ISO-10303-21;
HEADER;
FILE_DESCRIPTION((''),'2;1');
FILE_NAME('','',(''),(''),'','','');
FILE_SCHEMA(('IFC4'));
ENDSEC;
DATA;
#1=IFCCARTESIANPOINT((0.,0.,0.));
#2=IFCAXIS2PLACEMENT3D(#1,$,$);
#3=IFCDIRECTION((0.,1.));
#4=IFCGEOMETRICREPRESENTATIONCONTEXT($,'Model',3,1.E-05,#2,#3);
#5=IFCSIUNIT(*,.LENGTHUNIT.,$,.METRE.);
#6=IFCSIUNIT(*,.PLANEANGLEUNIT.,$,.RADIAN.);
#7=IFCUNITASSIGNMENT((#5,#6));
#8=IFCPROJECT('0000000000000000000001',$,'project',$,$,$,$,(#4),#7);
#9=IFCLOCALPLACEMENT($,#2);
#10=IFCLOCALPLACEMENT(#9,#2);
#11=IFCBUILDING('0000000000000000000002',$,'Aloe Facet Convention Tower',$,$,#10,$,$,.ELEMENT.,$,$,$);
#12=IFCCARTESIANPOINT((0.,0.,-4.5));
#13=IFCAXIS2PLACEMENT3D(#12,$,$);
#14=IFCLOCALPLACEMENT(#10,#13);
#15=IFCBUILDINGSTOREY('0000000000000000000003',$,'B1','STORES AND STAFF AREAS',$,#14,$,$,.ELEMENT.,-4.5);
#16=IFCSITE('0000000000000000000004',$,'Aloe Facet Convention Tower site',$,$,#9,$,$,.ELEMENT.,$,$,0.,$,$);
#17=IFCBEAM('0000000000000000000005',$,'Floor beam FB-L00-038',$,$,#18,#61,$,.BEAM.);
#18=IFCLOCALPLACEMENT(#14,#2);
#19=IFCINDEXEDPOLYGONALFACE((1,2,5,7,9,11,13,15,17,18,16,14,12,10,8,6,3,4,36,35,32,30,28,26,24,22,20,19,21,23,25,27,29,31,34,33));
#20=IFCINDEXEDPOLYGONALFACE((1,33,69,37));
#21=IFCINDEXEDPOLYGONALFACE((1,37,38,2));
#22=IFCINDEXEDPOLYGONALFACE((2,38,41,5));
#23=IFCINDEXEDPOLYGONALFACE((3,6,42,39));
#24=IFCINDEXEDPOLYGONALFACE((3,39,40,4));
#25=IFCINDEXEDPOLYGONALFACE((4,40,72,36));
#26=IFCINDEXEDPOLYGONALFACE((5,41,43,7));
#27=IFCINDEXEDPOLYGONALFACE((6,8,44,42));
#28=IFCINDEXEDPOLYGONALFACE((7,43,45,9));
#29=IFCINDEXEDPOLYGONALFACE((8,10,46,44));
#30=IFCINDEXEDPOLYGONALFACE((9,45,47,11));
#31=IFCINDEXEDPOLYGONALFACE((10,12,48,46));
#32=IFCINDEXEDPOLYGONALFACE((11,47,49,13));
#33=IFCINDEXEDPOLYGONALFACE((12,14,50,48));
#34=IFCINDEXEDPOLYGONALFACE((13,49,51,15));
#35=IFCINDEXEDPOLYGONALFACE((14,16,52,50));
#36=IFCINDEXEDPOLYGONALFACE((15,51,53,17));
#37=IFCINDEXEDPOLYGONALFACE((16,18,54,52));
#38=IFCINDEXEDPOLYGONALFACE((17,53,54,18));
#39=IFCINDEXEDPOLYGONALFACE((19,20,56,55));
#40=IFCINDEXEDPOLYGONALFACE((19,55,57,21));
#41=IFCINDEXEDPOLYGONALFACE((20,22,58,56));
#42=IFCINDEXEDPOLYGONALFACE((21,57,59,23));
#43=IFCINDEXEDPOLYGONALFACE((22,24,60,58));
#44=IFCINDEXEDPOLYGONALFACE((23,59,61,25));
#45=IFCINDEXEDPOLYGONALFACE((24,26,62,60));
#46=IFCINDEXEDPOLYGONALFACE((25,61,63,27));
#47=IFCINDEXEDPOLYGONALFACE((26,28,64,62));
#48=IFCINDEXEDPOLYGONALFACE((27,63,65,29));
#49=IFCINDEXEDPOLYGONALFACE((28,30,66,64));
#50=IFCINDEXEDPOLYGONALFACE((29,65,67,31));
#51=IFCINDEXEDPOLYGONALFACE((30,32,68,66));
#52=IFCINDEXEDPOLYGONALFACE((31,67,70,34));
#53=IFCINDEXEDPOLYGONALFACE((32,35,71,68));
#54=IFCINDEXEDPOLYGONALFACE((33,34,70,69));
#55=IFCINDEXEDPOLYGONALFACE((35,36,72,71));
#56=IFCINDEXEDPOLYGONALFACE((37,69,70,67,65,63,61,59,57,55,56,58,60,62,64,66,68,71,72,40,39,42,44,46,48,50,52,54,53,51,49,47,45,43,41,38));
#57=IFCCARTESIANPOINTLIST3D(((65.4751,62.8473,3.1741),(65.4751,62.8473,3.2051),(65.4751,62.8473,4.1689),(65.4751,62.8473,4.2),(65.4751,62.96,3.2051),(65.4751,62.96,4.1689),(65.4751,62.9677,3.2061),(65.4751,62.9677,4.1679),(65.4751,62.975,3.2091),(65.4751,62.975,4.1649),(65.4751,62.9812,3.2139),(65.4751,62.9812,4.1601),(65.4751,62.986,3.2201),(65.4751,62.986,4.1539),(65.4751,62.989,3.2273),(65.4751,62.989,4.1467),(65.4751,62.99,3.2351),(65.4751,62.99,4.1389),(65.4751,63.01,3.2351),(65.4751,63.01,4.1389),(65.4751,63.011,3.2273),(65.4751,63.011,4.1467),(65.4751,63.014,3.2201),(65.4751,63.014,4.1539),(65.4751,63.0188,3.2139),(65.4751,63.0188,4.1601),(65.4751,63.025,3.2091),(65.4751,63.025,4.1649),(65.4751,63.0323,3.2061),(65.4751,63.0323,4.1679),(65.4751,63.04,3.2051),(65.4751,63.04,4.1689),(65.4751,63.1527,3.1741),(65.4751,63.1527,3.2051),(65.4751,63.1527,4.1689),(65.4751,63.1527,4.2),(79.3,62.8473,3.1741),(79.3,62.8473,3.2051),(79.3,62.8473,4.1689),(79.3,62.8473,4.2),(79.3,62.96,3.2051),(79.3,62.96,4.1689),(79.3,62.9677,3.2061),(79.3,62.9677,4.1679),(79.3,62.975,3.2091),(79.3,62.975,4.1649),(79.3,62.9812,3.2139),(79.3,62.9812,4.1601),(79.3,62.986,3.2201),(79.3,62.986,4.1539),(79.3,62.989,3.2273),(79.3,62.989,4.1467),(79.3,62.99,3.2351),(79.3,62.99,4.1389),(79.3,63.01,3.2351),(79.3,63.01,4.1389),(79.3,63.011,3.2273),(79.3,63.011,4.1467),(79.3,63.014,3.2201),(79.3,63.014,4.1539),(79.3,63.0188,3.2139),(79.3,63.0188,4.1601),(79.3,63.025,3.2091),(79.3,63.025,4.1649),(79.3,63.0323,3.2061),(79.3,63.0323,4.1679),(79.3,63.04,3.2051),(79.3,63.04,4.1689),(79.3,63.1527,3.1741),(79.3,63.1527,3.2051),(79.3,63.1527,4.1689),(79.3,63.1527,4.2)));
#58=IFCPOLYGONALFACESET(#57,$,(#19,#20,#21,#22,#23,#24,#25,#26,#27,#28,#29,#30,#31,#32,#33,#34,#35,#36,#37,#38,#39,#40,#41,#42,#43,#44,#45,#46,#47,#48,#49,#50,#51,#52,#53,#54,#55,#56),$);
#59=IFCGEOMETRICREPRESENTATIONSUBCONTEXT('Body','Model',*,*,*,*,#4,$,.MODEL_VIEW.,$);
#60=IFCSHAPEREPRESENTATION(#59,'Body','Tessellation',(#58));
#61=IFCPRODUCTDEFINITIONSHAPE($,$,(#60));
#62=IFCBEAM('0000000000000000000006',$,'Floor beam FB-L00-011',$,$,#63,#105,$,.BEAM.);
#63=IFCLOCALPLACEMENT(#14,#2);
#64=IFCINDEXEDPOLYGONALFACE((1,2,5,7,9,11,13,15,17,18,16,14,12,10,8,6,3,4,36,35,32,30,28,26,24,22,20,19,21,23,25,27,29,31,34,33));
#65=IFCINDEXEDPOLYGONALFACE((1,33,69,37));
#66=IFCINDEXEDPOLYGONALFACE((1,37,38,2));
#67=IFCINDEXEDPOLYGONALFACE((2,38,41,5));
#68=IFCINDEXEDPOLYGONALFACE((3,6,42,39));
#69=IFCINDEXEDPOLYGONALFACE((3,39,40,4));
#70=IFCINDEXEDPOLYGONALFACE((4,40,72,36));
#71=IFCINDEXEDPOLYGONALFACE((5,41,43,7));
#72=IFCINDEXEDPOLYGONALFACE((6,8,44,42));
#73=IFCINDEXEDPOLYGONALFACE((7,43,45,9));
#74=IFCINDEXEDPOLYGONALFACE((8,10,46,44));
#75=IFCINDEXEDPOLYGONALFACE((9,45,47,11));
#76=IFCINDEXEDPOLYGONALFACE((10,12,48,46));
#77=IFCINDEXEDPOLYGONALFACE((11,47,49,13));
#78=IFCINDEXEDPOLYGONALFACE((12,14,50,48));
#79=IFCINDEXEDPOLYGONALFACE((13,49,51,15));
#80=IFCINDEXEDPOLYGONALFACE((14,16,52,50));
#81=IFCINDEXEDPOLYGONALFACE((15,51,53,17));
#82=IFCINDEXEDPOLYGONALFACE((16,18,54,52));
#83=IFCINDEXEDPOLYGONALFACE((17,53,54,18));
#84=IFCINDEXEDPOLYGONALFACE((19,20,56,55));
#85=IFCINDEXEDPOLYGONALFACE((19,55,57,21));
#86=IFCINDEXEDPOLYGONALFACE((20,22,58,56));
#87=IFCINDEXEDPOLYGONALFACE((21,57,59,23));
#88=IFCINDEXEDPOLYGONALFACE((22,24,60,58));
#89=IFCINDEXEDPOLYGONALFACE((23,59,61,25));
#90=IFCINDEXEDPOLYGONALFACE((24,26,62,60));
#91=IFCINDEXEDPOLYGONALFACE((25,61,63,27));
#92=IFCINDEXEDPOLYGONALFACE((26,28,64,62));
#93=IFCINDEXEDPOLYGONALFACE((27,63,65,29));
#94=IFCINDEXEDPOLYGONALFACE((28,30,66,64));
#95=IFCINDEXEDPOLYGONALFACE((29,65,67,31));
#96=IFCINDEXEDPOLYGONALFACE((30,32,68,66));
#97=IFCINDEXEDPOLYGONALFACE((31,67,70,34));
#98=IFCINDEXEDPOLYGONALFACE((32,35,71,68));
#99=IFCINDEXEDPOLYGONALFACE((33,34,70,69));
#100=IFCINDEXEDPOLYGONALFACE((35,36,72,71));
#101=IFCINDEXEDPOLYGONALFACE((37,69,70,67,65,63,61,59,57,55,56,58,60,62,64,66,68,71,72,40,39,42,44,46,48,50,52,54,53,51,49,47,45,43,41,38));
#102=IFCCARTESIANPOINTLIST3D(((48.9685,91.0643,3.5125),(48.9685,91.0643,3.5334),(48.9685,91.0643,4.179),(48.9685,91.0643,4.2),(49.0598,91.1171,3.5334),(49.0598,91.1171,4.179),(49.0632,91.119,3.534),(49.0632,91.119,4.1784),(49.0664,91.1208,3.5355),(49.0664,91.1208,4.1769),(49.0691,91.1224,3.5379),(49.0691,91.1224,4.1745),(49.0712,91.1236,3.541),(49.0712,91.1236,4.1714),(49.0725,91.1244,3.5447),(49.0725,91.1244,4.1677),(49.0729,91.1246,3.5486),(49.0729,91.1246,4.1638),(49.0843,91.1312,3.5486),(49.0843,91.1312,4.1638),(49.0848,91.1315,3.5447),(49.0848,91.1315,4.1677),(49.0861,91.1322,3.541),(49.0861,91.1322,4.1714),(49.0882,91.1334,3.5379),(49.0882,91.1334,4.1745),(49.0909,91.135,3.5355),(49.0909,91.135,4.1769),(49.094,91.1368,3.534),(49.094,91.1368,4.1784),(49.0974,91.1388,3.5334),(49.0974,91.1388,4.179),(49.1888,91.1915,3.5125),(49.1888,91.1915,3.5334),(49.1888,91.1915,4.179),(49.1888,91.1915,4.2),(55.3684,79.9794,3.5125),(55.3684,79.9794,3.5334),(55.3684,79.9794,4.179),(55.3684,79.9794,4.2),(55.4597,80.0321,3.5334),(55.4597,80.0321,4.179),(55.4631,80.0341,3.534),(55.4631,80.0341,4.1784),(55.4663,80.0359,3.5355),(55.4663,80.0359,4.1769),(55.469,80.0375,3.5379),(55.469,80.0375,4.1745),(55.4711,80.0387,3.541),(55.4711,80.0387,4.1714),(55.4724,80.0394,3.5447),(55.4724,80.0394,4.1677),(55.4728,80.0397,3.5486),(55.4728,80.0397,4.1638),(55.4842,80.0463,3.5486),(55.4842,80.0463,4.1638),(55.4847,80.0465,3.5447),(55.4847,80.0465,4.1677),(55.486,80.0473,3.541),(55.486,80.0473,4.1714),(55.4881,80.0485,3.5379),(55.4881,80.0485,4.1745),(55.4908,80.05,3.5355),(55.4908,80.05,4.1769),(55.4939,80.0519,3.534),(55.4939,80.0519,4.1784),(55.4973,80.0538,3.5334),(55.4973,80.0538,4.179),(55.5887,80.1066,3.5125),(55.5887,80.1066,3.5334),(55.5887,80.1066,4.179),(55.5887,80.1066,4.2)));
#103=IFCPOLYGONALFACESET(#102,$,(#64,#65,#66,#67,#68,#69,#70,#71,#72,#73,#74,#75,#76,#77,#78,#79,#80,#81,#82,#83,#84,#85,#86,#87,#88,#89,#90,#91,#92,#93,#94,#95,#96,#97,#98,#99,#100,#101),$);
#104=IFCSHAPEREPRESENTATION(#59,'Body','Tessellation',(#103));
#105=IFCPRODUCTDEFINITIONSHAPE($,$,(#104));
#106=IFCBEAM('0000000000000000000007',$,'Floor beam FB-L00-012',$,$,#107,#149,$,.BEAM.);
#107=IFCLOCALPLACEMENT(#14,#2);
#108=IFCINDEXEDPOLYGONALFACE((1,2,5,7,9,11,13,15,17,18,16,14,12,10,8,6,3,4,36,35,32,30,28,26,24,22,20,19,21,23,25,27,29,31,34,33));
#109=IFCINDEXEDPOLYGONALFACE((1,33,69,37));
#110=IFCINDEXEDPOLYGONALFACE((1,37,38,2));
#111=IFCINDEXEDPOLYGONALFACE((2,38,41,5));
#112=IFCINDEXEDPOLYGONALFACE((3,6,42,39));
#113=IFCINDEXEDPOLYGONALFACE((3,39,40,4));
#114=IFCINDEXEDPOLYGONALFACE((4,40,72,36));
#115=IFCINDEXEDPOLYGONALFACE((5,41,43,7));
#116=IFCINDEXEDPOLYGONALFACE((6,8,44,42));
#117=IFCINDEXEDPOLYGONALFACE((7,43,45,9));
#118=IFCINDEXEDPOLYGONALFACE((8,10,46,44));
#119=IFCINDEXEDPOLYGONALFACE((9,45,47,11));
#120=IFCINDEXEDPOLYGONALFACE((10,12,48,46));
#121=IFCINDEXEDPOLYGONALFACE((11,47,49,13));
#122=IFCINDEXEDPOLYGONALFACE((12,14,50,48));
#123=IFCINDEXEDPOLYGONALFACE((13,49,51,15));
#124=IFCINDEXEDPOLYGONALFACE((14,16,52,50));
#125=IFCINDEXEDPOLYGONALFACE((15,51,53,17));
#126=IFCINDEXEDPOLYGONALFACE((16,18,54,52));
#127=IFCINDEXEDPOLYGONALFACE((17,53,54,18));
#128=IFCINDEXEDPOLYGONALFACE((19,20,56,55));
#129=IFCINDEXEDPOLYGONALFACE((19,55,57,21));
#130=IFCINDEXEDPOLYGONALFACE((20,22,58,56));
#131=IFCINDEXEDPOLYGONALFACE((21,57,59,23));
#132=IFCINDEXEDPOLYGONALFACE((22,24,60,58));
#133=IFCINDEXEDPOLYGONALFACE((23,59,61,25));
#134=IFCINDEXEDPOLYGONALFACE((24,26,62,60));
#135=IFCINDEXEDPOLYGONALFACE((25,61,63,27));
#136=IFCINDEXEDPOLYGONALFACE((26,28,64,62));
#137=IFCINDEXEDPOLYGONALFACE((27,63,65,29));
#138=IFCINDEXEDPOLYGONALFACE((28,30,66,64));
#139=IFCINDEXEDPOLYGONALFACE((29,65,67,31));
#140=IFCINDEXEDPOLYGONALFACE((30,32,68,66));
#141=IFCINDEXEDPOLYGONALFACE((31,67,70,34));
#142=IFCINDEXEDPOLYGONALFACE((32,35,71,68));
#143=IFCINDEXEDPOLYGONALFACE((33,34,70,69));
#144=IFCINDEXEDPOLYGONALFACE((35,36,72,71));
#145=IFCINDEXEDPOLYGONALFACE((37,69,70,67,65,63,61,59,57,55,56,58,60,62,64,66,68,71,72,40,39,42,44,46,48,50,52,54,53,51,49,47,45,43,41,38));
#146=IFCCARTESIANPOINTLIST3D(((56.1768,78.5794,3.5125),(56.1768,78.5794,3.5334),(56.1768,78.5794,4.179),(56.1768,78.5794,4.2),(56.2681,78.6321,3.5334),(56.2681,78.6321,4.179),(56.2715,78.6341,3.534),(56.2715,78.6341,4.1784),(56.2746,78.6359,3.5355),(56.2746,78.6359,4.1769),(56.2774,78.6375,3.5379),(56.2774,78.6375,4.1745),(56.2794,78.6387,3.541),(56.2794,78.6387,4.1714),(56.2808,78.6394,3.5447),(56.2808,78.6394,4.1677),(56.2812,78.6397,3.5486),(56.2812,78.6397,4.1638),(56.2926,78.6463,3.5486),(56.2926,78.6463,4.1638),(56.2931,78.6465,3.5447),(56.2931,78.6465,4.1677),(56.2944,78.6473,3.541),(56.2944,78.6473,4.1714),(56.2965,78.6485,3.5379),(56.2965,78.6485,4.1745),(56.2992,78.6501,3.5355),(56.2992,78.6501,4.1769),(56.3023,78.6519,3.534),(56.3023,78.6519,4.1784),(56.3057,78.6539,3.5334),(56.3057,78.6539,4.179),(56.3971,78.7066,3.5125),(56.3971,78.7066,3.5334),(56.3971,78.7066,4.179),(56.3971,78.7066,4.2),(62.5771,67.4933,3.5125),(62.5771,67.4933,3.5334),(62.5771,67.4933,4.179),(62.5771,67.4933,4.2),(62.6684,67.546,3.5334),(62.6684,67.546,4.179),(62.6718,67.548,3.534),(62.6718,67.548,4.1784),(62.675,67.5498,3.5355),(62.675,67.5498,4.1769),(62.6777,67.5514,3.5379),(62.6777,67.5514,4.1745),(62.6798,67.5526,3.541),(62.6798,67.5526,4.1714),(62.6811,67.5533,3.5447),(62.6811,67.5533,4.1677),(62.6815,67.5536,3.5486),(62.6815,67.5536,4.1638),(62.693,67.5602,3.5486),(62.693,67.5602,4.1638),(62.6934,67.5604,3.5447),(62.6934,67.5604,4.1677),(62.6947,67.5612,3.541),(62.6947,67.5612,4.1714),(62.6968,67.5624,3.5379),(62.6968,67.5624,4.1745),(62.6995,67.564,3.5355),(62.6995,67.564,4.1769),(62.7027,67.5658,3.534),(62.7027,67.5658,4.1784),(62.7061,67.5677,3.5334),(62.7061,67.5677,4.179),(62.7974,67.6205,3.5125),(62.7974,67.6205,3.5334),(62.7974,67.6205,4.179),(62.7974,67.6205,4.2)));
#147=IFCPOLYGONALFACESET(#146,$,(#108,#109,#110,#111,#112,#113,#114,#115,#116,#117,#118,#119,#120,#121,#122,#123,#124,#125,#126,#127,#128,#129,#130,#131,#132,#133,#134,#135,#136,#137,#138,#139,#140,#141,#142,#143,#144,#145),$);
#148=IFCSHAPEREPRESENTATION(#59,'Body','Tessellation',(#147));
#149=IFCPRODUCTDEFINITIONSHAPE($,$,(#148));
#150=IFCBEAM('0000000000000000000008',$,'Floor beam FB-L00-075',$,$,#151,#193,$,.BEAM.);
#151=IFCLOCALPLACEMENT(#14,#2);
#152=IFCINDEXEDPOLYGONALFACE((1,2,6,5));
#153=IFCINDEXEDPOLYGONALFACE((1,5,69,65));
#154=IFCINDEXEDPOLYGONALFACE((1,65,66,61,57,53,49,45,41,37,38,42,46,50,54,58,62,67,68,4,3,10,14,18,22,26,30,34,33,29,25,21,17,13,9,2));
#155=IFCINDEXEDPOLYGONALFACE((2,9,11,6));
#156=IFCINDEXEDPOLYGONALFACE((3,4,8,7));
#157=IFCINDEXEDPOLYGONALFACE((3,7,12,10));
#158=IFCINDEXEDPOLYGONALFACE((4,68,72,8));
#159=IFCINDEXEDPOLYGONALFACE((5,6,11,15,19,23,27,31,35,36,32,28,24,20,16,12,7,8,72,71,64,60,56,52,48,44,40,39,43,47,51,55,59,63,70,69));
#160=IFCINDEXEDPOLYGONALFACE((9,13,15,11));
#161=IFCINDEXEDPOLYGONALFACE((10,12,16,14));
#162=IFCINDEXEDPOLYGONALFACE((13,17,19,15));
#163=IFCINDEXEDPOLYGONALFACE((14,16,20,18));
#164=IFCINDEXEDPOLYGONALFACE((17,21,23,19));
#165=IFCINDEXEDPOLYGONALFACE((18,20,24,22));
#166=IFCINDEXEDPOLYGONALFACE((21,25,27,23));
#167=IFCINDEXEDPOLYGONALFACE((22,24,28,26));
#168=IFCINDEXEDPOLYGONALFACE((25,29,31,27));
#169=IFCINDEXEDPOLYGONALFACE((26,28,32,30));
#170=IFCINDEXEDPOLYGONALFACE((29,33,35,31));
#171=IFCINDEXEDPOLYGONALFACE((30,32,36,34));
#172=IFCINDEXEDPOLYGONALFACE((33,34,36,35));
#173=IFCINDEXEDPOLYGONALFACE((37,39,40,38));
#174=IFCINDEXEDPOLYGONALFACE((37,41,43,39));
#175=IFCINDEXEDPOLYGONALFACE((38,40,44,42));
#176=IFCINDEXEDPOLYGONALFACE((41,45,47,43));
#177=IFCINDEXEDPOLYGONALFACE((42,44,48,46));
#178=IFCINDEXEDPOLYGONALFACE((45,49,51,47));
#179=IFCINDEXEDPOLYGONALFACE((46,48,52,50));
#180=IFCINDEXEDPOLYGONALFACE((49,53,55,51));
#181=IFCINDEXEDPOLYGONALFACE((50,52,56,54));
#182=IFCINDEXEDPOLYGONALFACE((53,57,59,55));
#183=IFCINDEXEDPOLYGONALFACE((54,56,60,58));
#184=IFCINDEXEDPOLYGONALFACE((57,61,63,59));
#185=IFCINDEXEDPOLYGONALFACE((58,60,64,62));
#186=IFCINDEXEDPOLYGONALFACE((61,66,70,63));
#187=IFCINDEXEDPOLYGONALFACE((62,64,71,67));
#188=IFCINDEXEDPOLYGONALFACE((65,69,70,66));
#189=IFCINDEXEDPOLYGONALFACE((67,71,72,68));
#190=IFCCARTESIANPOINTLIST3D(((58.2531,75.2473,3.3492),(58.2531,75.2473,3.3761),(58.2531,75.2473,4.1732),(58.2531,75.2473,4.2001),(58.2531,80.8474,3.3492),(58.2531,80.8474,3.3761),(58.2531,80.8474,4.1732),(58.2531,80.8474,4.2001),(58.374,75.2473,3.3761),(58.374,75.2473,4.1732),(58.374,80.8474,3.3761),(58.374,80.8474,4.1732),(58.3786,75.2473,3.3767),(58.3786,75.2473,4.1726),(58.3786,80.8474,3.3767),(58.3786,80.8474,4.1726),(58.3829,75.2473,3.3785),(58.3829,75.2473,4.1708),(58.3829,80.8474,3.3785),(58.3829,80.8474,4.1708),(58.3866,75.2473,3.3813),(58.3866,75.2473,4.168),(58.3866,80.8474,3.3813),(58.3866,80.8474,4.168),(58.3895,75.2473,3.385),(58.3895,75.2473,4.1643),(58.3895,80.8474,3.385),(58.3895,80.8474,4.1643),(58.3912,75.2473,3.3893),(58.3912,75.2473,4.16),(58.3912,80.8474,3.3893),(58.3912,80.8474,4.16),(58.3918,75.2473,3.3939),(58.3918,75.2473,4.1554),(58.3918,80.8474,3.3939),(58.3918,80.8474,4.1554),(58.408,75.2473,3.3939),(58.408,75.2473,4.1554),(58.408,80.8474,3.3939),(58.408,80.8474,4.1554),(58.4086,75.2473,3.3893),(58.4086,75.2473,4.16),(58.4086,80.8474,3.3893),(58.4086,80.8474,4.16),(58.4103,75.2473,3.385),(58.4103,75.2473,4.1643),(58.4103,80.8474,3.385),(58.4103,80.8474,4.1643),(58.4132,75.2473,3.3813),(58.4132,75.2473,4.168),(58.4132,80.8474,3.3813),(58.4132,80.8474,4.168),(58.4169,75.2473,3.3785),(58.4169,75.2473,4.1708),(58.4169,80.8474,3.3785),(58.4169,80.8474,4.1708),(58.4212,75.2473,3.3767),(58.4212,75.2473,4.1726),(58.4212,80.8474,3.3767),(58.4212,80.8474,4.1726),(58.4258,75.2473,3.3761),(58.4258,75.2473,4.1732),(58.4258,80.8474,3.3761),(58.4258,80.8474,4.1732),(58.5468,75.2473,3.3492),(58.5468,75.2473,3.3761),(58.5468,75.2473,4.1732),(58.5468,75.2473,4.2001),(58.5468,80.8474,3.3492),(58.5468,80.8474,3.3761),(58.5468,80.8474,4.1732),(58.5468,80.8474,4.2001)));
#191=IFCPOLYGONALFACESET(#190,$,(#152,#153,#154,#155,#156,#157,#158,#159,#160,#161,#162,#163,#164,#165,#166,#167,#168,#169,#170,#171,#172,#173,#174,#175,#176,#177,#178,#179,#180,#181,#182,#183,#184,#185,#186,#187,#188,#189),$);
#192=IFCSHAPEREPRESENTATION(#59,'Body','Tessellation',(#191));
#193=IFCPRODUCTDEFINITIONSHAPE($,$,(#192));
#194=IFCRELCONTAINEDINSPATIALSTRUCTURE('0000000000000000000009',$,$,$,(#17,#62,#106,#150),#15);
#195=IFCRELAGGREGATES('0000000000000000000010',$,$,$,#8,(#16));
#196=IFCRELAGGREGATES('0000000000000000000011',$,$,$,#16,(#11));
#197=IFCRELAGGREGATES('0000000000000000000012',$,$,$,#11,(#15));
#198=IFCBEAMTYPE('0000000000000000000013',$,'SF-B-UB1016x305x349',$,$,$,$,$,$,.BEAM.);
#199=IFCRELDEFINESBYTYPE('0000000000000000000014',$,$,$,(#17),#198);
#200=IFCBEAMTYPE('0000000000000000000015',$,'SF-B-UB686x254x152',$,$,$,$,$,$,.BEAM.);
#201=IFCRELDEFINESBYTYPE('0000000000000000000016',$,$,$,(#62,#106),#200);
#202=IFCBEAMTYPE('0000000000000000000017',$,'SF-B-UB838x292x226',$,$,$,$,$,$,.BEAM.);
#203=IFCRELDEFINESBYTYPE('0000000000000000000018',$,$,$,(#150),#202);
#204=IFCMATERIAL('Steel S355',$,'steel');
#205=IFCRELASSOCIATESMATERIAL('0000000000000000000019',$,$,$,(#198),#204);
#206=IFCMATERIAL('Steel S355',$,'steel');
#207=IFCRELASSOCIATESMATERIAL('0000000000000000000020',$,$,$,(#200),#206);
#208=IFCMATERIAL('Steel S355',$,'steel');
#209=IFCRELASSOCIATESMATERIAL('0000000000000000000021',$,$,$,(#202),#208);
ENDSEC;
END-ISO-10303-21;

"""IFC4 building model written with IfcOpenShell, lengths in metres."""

from ifc_helpers import new_model, si_unit, direction, frame, origin, origin_2d, place, context, subcontext, project, spatial, i_section, extrude, material, material_profile, profile_set, type_object, element, save


model = new_model("IFC4")

# Units and contexts
model_context = context("Model", 3, precision=1e-05, world=origin(), true_north=direction((0.0, 1.0)))
body_context = subcontext(model_context, "Body", "Model", "MODEL_VIEW")
ifc_project = project(units=[si_unit("LENGTHUNIT", "METRE"), si_unit("PLANEANGLEUNIT", "RADIAN")], contexts=[model_context])

# Site, building, storey
site_placement = place(None, origin())
site = spatial("IfcSite", under=ifc_project, at=site_placement, Name="Aloe Facet Convention Tower site", CompositionType="ELEMENT", RefElevation=0.0)
building_placement = place(site_placement, origin())
building = spatial("IfcBuilding", under=site, at=building_placement, Name="Aloe Facet Convention Tower", CompositionType="ELEMENT")
storey_placement = place(building_placement, frame((0.0, 0.0, -4.5)))
storey = spatial("IfcBuildingStorey", under=building, at=storey_placement, Name="B1", Description="STORES AND STAFF AREAS", CompositionType="ELEMENT", Elevation=-4.5)

# Beams
ifc_material_1 = material(Name="Steel S355", Category="steel")
ifc_material_profile_1 = material_profile(ifc_material_1, i_section(OverallWidth=0.3054, OverallDepth=1.0259, WebThickness=0.02, FlangeThickness=0.031, FilletRadius=0.03, at=origin_2d()), Name="UB 1016x305x349")
ifc_profile_set_1 = profile_set([ifc_material_profile_1], Name="Steel S355")
beam_type_1 = type_object("IfcBeamType", Name="SF-B-UB1016x305x349", PredefinedType="BEAM", material=ifc_profile_set_1)
beam_1_placement = place(storey_placement, frame((65.4751, 63.0, 3.687), z_axis=(1.0, 0.0, 0.0), x_axis=(0.0, 1.0, 0.0)))
element("IfcBeam", 1, at=beam_1_placement, inside=storey, type_object=beam_type_1, Name="Floor beam FB-L00-038", PredefinedType="BEAM", context=body_context, shape_type="SweptSolid", body=[
    extrude(i_section(OverallWidth=0.3054, OverallDepth=1.0259, WebThickness=0.02, FlangeThickness=0.031, FilletRadius=0.03, at=origin_2d()), origin(), (0.0, 0.0, 1.0), 13.825),
])
ifc_material_2 = material(Name="Steel S355", Category="steel")
ifc_material_profile_2 = material_profile(ifc_material_2, i_section(OverallWidth=0.2544, OverallDepth=0.6875, WebThickness=0.0132, FlangeThickness=0.021, FilletRadius=0.0151, at=origin_2d()), Name="UB 686x254x152")
ifc_profile_set_2 = profile_set([ifc_material_profile_2], Name="Steel S355")
beam_type_2 = type_object("IfcBeamType", Name="SF-B-UB686x254x152", PredefinedType="BEAM", material=ifc_profile_set_2)
beam_2_placement = place(storey_placement, frame((55.4785, 80.043, 3.8562), z_axis=(-0.5, 0.866025, 0.0), x_axis=(-0.866025, -0.5, 0.0)))
element("IfcBeam", 2, at=beam_2_placement, inside=storey, type_object=beam_type_2, Name="Floor beam FB-L00-011", PredefinedType="BEAM", context=body_context, shape_type="SweptSolid", body=[
    extrude(i_section(OverallWidth=0.2544, OverallDepth=0.6875, WebThickness=0.0132, FlangeThickness=0.021, FilletRadius=0.0151, at=origin_2d()), origin(), (0.0, 0.0, 1.0), 12.7998),
])
beam_3_placement = place(storey_placement, frame((62.6873, 67.5569, 3.8562), z_axis=(-0.499987, 0.866033, 0.0), x_axis=(-0.866033, -0.499987, 0.0)))
element("IfcBeam", 3, at=beam_3_placement, inside=storey, type_object=beam_type_2, Name="Floor beam FB-L00-012", PredefinedType="BEAM", context=body_context, shape_type="SweptSolid", body=[
    extrude(i_section(OverallWidth=0.2544, OverallDepth=0.6875, WebThickness=0.0132, FlangeThickness=0.021, FilletRadius=0.0151, at=origin_2d()), origin(), (0.0, 0.0, 1.0), 12.801),
])
ifc_material_3 = material(Name="Steel S355", Category="steel")
ifc_material_profile_3 = material_profile(ifc_material_3, i_section(OverallWidth=0.2937, OverallDepth=0.8508, WebThickness=0.0161, FlangeThickness=0.0269, FilletRadius=0.0178, at=origin_2d()), Name="UB 838x292x226")
ifc_profile_set_3 = profile_set([ifc_material_profile_3], Name="Steel S355")
beam_type_3 = type_object("IfcBeamType", Name="SF-B-UB838x292x226", PredefinedType="BEAM", material=ifc_profile_set_3)
beam_4_placement = place(storey_placement, frame((58.3999, 75.2473, 3.7747), z_axis=(0.0, 1.0, 0.0), x_axis=(-1.0, 0.0, 0.0)))
element("IfcBeam", 4, at=beam_4_placement, inside=storey, type_object=beam_type_3, Name="Floor beam FB-L00-075", PredefinedType="BEAM", context=body_context, shape_type="SweptSolid", body=[
    extrude(i_section(OverallWidth=0.2937, OverallDepth=0.8508, WebThickness=0.0161, FlangeThickness=0.0269, FilletRadius=0.0178, at=origin_2d()), origin(), (0.0, 0.0, 1.0), 5.6001),
])

save(model, "model.ifc")
